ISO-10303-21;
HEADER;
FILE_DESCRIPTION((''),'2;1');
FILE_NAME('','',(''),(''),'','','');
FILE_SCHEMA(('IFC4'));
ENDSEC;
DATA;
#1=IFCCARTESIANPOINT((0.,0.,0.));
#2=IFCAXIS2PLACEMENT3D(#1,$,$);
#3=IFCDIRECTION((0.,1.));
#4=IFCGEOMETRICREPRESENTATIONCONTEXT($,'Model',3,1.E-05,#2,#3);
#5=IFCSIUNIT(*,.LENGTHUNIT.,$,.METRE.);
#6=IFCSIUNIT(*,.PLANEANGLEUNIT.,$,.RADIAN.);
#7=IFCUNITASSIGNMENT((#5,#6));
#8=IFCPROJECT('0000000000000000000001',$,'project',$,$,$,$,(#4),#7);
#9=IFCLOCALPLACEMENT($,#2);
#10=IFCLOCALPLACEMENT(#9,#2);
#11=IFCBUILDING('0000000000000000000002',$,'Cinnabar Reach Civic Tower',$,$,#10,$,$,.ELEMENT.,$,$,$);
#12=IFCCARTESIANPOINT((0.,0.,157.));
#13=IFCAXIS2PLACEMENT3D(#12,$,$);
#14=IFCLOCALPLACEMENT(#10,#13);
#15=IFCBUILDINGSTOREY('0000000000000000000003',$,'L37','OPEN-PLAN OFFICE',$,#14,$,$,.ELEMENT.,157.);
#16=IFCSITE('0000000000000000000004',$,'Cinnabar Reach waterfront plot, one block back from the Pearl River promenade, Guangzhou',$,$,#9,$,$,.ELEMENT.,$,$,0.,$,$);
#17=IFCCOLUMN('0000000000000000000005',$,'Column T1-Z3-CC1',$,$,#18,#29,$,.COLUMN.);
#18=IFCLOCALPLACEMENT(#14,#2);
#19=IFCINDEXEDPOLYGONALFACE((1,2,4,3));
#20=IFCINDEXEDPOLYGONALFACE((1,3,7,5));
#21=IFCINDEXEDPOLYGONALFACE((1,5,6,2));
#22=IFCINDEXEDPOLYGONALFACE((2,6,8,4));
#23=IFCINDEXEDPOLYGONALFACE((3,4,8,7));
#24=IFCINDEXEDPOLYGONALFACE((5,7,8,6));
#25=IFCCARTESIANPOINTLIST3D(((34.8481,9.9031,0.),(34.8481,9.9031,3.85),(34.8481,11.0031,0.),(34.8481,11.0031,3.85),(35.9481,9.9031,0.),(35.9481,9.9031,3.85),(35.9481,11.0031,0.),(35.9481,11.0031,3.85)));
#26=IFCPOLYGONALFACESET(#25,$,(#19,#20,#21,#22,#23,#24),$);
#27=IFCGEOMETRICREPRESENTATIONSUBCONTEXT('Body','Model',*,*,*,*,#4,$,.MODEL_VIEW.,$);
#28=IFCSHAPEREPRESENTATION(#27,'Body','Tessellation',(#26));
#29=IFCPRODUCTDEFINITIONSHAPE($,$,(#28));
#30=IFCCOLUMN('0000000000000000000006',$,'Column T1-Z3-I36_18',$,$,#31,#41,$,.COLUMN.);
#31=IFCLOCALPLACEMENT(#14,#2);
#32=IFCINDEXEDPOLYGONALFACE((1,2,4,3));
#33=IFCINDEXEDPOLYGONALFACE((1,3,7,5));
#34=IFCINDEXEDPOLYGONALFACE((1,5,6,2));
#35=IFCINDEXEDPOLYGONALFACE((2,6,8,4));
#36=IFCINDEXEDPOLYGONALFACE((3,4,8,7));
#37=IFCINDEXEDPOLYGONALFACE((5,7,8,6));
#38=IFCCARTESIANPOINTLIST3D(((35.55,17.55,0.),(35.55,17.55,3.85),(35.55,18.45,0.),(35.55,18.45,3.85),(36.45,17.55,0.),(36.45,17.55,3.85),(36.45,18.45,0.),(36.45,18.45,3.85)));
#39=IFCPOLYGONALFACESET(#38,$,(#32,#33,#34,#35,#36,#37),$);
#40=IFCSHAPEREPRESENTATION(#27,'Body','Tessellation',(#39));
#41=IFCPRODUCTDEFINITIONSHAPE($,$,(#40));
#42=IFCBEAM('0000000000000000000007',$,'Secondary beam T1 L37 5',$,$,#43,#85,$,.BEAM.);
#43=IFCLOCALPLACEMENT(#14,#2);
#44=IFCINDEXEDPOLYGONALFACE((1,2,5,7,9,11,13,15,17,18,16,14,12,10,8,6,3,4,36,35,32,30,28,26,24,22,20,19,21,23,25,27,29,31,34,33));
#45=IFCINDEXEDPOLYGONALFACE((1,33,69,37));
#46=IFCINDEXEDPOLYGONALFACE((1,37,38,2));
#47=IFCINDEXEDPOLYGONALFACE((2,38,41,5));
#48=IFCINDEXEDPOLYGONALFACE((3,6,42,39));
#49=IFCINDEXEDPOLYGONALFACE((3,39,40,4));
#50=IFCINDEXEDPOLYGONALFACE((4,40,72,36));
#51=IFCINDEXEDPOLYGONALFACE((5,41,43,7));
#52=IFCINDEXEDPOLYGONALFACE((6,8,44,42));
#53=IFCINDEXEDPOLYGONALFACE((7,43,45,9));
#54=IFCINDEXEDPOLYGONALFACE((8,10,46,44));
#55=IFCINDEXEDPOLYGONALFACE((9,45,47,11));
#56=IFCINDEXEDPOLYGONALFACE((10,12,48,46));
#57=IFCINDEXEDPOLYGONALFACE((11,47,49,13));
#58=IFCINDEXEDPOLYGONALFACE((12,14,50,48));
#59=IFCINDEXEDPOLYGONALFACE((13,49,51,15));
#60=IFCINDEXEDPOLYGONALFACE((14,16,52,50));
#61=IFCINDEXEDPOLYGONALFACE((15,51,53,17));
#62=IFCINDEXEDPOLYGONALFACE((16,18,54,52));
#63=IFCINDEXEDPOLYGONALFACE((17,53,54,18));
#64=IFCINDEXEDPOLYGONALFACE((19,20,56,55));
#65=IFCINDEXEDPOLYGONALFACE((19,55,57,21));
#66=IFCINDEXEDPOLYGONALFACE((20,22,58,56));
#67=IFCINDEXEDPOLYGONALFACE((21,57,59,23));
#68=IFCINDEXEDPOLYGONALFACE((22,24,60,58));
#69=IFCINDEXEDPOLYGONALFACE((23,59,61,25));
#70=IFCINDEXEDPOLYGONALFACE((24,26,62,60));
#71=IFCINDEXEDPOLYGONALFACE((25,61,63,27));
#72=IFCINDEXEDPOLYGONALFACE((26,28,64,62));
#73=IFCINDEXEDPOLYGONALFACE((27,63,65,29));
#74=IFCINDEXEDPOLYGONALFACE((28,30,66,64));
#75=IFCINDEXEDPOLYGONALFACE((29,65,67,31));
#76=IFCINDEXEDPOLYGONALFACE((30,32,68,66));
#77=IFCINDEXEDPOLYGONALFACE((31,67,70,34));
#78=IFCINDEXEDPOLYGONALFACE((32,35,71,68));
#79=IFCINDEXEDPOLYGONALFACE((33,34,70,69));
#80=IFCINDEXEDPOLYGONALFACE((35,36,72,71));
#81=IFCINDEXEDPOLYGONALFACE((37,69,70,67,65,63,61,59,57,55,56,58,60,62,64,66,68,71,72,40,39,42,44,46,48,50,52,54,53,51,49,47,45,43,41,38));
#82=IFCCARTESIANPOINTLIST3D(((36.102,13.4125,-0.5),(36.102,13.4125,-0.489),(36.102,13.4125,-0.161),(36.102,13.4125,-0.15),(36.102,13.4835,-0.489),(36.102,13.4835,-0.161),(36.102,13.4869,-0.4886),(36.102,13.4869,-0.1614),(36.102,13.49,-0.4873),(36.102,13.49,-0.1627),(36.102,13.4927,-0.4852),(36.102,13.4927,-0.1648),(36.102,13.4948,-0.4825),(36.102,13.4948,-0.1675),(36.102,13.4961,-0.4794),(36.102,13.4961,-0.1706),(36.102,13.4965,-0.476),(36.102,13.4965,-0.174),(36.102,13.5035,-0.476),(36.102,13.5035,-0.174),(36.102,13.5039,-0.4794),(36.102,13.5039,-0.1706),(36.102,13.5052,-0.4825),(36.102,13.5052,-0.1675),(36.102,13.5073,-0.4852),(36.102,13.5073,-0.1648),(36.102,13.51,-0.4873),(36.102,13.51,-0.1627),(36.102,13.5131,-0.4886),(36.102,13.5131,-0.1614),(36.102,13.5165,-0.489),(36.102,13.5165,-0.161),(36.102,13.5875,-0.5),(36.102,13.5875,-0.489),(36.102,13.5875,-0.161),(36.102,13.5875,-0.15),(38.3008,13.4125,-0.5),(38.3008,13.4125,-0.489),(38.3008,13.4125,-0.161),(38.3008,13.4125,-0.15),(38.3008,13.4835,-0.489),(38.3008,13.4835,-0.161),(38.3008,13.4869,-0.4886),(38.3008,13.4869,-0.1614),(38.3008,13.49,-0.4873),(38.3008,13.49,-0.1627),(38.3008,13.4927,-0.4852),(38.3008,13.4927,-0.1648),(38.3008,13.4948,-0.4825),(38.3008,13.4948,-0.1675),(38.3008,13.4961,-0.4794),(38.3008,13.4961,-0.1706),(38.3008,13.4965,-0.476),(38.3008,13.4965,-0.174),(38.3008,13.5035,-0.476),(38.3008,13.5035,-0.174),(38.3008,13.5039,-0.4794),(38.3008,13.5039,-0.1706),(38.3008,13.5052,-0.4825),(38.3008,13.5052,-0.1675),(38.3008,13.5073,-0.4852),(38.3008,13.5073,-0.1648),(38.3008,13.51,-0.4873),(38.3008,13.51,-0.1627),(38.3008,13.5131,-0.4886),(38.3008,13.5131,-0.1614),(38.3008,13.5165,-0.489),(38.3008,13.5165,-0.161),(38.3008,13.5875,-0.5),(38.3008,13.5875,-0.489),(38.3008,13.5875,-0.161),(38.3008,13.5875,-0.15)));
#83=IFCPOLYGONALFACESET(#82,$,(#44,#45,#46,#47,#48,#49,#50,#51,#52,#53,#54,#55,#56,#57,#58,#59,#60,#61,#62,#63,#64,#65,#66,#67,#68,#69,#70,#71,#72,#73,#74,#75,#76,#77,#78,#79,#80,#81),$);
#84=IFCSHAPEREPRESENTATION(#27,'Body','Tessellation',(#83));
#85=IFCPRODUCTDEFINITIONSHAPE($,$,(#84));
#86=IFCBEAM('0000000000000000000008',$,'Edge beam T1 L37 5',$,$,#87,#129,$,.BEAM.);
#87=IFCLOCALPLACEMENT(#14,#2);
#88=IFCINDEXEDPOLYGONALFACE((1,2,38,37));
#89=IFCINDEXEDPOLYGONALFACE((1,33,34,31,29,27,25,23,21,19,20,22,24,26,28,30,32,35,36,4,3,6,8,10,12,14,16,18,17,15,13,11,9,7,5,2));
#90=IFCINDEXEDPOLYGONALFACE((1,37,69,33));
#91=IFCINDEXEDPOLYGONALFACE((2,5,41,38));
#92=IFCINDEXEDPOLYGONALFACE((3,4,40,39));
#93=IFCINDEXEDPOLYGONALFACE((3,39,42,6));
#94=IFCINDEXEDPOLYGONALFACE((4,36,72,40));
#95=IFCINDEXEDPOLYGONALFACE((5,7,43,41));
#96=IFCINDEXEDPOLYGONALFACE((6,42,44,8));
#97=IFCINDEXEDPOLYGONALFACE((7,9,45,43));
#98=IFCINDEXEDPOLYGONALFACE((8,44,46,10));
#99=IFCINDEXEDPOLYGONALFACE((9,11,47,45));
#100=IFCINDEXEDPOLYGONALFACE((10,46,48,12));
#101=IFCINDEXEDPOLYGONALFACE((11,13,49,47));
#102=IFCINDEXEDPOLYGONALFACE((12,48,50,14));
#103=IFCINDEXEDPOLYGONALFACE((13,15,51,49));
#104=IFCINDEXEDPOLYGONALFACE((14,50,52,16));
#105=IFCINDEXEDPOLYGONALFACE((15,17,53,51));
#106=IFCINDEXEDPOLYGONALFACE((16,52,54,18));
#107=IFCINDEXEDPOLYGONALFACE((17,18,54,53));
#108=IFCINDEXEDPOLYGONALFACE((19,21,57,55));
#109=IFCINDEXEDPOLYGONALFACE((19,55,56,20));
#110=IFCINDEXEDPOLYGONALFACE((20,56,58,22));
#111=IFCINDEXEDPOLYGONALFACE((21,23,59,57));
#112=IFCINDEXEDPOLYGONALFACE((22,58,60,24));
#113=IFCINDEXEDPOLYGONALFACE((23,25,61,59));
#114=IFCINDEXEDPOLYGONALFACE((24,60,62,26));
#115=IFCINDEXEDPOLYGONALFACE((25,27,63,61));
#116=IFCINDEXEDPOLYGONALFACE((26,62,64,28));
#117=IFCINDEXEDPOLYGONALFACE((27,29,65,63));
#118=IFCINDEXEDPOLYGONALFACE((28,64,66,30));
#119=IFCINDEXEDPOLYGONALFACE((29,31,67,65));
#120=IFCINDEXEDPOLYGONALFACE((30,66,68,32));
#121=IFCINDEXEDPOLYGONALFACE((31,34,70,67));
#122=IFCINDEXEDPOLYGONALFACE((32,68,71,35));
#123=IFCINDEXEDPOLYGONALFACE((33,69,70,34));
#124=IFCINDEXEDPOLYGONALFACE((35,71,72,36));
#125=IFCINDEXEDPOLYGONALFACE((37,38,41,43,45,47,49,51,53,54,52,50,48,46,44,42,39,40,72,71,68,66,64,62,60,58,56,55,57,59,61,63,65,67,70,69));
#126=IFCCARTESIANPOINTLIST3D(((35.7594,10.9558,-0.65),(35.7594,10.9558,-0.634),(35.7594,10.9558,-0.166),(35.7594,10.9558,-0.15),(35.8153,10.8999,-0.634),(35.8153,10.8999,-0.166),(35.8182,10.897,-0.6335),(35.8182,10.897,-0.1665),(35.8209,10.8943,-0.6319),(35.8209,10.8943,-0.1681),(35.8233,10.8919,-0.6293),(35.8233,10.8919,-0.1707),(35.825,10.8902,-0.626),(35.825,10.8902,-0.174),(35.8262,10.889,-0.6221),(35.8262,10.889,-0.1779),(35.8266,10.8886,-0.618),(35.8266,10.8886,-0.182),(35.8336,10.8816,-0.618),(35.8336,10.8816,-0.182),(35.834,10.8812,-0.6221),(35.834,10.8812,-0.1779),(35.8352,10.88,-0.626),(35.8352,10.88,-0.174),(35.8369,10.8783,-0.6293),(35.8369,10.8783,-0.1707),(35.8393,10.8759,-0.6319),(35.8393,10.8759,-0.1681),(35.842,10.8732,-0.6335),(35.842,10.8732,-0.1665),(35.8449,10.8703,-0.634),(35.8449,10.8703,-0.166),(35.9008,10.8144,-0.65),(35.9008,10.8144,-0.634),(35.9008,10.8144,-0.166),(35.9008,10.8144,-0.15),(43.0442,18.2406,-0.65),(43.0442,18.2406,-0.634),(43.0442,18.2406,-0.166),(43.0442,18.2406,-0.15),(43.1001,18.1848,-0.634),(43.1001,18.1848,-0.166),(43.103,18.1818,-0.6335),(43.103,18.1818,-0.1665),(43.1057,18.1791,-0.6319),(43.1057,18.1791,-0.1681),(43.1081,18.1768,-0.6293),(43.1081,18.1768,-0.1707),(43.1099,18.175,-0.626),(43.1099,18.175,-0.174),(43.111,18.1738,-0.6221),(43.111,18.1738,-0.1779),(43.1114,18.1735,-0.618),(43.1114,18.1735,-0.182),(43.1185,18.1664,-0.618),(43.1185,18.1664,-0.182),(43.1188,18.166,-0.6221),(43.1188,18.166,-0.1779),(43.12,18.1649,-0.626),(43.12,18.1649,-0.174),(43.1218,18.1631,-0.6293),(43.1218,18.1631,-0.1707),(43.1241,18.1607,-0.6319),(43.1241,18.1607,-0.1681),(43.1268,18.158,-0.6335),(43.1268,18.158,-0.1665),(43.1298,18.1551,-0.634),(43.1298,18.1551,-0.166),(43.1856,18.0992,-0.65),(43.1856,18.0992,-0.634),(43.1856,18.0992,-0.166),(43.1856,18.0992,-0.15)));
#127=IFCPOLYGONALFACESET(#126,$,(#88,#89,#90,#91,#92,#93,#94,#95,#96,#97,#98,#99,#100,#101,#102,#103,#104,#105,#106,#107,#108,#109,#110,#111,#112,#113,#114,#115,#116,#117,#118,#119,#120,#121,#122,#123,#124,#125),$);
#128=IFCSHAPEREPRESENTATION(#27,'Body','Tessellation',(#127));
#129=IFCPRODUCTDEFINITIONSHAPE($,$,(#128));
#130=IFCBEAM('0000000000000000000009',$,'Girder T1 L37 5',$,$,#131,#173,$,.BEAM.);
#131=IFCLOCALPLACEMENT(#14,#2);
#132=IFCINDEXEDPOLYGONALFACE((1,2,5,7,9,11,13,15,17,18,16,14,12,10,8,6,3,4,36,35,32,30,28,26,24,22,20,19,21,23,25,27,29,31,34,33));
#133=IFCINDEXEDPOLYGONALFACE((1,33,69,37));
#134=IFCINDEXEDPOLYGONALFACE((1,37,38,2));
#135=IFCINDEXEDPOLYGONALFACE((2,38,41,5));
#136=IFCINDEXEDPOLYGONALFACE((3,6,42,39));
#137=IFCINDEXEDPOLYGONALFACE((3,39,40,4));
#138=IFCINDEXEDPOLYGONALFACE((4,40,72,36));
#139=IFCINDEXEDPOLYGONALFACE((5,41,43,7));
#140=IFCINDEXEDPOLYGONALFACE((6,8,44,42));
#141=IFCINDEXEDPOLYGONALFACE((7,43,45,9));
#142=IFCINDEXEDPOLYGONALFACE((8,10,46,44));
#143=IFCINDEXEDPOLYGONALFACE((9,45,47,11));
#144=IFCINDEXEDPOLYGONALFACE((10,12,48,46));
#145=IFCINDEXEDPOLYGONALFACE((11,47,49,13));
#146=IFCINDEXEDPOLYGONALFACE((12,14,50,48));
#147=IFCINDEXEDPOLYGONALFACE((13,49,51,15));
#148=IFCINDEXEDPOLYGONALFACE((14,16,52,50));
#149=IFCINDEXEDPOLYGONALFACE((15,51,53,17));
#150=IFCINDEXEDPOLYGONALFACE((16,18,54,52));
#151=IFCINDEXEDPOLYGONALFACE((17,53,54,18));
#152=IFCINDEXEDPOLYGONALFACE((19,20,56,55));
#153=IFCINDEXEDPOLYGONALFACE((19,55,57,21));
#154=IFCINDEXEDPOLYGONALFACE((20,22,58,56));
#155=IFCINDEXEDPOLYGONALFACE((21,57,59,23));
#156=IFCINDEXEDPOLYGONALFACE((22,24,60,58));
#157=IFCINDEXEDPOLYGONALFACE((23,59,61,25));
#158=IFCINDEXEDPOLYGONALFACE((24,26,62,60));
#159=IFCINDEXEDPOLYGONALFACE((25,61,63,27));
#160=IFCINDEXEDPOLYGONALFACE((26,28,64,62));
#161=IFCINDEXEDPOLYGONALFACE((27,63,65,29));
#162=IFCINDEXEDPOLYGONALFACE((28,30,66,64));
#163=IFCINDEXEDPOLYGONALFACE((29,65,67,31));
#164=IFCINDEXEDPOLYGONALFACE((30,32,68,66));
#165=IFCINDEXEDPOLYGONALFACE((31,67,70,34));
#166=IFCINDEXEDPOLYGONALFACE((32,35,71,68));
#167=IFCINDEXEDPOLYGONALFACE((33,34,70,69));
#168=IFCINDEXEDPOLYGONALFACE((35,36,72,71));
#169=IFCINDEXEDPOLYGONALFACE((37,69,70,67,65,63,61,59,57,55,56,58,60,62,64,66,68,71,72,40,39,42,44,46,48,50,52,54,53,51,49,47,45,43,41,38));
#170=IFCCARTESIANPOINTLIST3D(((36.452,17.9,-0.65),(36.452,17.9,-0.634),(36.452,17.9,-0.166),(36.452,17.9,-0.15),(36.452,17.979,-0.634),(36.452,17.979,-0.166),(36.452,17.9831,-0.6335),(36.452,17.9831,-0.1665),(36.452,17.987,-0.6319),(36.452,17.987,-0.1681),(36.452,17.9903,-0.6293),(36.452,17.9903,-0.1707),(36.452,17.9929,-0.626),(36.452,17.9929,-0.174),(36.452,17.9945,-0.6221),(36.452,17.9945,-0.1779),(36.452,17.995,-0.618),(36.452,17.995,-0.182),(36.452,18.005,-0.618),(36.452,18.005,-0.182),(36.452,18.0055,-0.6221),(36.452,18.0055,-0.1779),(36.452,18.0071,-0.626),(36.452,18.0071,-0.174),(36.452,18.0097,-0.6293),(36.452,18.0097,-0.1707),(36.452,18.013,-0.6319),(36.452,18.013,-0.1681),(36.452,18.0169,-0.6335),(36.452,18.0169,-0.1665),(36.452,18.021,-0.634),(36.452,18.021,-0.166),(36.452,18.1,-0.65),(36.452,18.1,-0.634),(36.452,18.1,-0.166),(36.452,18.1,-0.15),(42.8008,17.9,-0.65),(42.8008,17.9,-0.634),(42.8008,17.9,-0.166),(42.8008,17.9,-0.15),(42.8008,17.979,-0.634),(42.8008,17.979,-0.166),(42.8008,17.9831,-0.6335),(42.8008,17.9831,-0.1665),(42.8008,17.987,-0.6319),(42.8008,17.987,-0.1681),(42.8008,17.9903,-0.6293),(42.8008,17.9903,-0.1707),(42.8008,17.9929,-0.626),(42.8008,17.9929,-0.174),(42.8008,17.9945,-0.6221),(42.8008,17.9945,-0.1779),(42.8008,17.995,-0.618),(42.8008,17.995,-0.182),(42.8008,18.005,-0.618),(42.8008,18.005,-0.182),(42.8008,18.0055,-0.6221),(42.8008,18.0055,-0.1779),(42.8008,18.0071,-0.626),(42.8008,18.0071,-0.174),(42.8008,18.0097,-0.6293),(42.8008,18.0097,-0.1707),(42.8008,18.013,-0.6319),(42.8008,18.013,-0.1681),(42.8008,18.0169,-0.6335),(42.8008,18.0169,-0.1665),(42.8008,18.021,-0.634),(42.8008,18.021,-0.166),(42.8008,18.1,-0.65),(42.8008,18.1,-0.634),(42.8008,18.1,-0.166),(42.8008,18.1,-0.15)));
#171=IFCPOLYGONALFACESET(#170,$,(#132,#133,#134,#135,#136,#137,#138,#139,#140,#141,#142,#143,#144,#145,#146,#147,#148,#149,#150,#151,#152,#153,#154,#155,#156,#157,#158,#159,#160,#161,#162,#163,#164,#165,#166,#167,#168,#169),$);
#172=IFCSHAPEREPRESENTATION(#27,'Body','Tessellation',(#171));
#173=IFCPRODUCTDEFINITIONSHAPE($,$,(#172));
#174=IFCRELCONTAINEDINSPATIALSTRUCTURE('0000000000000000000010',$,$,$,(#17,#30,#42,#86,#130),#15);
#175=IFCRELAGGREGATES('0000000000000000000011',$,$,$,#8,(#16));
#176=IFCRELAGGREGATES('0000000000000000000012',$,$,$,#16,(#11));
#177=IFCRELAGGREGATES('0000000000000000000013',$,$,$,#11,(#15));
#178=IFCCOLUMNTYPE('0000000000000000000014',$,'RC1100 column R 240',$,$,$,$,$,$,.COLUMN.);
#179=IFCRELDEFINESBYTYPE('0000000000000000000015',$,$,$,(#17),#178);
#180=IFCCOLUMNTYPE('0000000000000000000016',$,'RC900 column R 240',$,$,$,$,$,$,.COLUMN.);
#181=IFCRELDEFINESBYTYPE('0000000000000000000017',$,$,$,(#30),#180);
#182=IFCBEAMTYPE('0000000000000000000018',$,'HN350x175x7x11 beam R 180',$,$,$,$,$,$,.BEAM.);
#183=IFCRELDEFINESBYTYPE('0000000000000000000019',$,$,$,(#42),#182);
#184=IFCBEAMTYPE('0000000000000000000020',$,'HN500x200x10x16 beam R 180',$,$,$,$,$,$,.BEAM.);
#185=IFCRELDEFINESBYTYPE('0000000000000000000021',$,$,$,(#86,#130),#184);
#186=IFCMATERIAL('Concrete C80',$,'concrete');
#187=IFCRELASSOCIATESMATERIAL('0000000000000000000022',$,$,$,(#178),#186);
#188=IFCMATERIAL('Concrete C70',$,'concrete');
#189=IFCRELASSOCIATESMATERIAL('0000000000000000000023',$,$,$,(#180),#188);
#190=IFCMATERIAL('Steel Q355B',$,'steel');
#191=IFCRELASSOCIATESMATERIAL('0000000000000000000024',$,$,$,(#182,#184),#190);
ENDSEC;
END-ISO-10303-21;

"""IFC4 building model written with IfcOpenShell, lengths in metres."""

from ifc_helpers import new_model, si_unit, direction, frame, origin, origin_2d, place, context, subcontext, project, spatial, rectangle, i_section, extrude, material, material_profile, profile_set, type_object, element, save


model = new_model("IFC4")

# Units and contexts
model_context = context("Model", 3, precision=1e-05, world=origin(), true_north=direction((0.0, 1.0)))
body_context = subcontext(model_context, "Body", "Model", "MODEL_VIEW")
ifc_project = project(units=[si_unit("LENGTHUNIT", "METRE"), si_unit("PLANEANGLEUNIT", "RADIAN")], contexts=[model_context])

# Site, building, storey
site_placement = place(None, origin())
site = spatial("IfcSite", under=ifc_project, at=site_placement, Name="Cinnabar Reach waterfront plot, one block back from the Pearl River promenade, Guangzhou", CompositionType="ELEMENT", RefElevation=0.0)
building_placement = place(site_placement, origin())
building = spatial("IfcBuilding", under=site, at=building_placement, Name="Cinnabar Reach Civic Tower", CompositionType="ELEMENT")
storey_placement = place(building_placement, frame((0.0, 0.0, 157.0)))
storey = spatial("IfcBuildingStorey", under=building, at=storey_placement, Name="L37", Description="OPEN-PLAN OFFICE", CompositionType="ELEMENT", Elevation=157.0)

# Columns
ifc_material_1 = material(Name="Concrete C80", Category="concrete")
ifc_material_profile_1 = material_profile(ifc_material_1, rectangle(XDim=1.1, YDim=1.1, at=origin_2d()), Name="RC1100")
ifc_profile_set_1 = profile_set([ifc_material_profile_1], Name="Concrete C80")
column_type_1 = type_object("IfcColumnType", Name="RC1100 column R 240", PredefinedType="COLUMN", material=ifc_profile_set_1)
column_1_placement = place(storey_placement, frame((35.3981, 10.4531, 0.0), z_axis=(0.0, 0.0, 1.0), x_axis=(1.0, 0.0, 0.0)))
element("IfcColumn", 1, at=column_1_placement, inside=storey, type_object=column_type_1, Name="Column T1-Z3-CC1", PredefinedType="COLUMN", context=body_context, shape_type="SweptSolid", body=[
    extrude(rectangle(XDim=1.1, YDim=1.1, at=origin_2d()), origin(), (0.0, 0.0, 1.0), 3.85),
])
ifc_material_2 = material(Name="Concrete C70", Category="concrete")
ifc_material_profile_2 = material_profile(ifc_material_2, rectangle(XDim=0.9, YDim=0.9, at=origin_2d()), Name="RC900")
ifc_profile_set_2 = profile_set([ifc_material_profile_2], Name="Concrete C70")
column_type_2 = type_object("IfcColumnType", Name="RC900 column R 240", PredefinedType="COLUMN", material=ifc_profile_set_2)
column_2_placement = place(storey_placement, frame((36.0, 18.0, 0.0), z_axis=(0.0, 0.0, 1.0), x_axis=(1.0, 0.0, 0.0)))
element("IfcColumn", 2, at=column_2_placement, inside=storey, type_object=column_type_2, Name="Column T1-Z3-I36_18", PredefinedType="COLUMN", context=body_context, shape_type="SweptSolid", body=[
    extrude(rectangle(XDim=0.9, YDim=0.9, at=origin_2d()), origin(), (0.0, 0.0, 1.0), 3.85),
])

# Beams
ifc_material_3 = material(Name="Steel Q355B", Category="steel")
ifc_material_profile_3 = material_profile(ifc_material_3, i_section(OverallWidth=0.175, OverallDepth=0.35, WebThickness=0.007, FlangeThickness=0.011, FilletRadius=0.013, at=origin_2d()), Name="HN350x175x7x11")
ifc_profile_set_3 = profile_set([ifc_material_profile_3], Name="Steel Q355B")
beam_type_1 = type_object("IfcBeamType", Name="HN350x175x7x11 beam R 180", PredefinedType="BEAM", material=ifc_profile_set_3)
beam_1_placement = place(storey_placement, frame((36.102, 13.5, -0.325), z_axis=(1.0, 0.0, 0.0), x_axis=(0.0, 1.0, 0.0)))
element("IfcBeam", 3, at=beam_1_placement, inside=storey, type_object=beam_type_1, Name="Secondary beam T1 L37 5", PredefinedType="BEAM", context=body_context, shape_type="SweptSolid", body=[
    extrude(i_section(OverallWidth=0.175, OverallDepth=0.35, WebThickness=0.007, FlangeThickness=0.011, FilletRadius=0.013, at=origin_2d()), origin(), (0.0, 0.0, 1.0), 2.1988),
])
ifc_material_profile_4 = material_profile(ifc_material_3, i_section(OverallWidth=0.2, OverallDepth=0.5, WebThickness=0.01, FlangeThickness=0.016, FilletRadius=0.016, at=origin_2d()), Name="HN500x200x10x16")
ifc_profile_set_4 = profile_set([ifc_material_profile_4], Name="Steel Q355B")
beam_type_2 = type_object("IfcBeamType", Name="HN500x200x10x16 beam R 180", PredefinedType="BEAM", material=ifc_profile_set_4)
beam_2_placement = place(storey_placement, frame((35.8301, 10.8851, -0.4), z_axis=(0.707107, 0.707107, 0.0), x_axis=(-0.707107, 0.707107, 0.0)))
element("IfcBeam", 4, at=beam_2_placement, inside=storey, type_object=beam_type_2, Name="Edge beam T1 L37 5", PredefinedType="BEAM", context=body_context, shape_type="SweptSolid", body=[
    extrude(i_section(OverallWidth=0.2, OverallDepth=0.5, WebThickness=0.01, FlangeThickness=0.016, FilletRadius=0.016, at=origin_2d()), origin(), (0.0, 0.0, 1.0), 10.3023),
])
for number, where, z_axis, x_axis, name in (
    (5, (36.452, 18.0, -0.4), (1.0, 0.0, 0.0), (0.0, 1.0, 0.0), "Girder T1 L37 5"),
):
    element("IfcBeam", number, at=place(storey_placement, frame(where, z_axis=z_axis, x_axis=x_axis)), inside=storey, type_object=beam_type_2, Name=name, PredefinedType="BEAM", context=body_context, shape_type="SweptSolid", body=[
        extrude(i_section(OverallWidth=0.2, OverallDepth=0.5, WebThickness=0.01, FlangeThickness=0.016, FilletRadius=0.016, at=origin_2d()), origin(), (0.0, 0.0, 1.0), 6.3488),
    ])

save(model, "model.ifc")
